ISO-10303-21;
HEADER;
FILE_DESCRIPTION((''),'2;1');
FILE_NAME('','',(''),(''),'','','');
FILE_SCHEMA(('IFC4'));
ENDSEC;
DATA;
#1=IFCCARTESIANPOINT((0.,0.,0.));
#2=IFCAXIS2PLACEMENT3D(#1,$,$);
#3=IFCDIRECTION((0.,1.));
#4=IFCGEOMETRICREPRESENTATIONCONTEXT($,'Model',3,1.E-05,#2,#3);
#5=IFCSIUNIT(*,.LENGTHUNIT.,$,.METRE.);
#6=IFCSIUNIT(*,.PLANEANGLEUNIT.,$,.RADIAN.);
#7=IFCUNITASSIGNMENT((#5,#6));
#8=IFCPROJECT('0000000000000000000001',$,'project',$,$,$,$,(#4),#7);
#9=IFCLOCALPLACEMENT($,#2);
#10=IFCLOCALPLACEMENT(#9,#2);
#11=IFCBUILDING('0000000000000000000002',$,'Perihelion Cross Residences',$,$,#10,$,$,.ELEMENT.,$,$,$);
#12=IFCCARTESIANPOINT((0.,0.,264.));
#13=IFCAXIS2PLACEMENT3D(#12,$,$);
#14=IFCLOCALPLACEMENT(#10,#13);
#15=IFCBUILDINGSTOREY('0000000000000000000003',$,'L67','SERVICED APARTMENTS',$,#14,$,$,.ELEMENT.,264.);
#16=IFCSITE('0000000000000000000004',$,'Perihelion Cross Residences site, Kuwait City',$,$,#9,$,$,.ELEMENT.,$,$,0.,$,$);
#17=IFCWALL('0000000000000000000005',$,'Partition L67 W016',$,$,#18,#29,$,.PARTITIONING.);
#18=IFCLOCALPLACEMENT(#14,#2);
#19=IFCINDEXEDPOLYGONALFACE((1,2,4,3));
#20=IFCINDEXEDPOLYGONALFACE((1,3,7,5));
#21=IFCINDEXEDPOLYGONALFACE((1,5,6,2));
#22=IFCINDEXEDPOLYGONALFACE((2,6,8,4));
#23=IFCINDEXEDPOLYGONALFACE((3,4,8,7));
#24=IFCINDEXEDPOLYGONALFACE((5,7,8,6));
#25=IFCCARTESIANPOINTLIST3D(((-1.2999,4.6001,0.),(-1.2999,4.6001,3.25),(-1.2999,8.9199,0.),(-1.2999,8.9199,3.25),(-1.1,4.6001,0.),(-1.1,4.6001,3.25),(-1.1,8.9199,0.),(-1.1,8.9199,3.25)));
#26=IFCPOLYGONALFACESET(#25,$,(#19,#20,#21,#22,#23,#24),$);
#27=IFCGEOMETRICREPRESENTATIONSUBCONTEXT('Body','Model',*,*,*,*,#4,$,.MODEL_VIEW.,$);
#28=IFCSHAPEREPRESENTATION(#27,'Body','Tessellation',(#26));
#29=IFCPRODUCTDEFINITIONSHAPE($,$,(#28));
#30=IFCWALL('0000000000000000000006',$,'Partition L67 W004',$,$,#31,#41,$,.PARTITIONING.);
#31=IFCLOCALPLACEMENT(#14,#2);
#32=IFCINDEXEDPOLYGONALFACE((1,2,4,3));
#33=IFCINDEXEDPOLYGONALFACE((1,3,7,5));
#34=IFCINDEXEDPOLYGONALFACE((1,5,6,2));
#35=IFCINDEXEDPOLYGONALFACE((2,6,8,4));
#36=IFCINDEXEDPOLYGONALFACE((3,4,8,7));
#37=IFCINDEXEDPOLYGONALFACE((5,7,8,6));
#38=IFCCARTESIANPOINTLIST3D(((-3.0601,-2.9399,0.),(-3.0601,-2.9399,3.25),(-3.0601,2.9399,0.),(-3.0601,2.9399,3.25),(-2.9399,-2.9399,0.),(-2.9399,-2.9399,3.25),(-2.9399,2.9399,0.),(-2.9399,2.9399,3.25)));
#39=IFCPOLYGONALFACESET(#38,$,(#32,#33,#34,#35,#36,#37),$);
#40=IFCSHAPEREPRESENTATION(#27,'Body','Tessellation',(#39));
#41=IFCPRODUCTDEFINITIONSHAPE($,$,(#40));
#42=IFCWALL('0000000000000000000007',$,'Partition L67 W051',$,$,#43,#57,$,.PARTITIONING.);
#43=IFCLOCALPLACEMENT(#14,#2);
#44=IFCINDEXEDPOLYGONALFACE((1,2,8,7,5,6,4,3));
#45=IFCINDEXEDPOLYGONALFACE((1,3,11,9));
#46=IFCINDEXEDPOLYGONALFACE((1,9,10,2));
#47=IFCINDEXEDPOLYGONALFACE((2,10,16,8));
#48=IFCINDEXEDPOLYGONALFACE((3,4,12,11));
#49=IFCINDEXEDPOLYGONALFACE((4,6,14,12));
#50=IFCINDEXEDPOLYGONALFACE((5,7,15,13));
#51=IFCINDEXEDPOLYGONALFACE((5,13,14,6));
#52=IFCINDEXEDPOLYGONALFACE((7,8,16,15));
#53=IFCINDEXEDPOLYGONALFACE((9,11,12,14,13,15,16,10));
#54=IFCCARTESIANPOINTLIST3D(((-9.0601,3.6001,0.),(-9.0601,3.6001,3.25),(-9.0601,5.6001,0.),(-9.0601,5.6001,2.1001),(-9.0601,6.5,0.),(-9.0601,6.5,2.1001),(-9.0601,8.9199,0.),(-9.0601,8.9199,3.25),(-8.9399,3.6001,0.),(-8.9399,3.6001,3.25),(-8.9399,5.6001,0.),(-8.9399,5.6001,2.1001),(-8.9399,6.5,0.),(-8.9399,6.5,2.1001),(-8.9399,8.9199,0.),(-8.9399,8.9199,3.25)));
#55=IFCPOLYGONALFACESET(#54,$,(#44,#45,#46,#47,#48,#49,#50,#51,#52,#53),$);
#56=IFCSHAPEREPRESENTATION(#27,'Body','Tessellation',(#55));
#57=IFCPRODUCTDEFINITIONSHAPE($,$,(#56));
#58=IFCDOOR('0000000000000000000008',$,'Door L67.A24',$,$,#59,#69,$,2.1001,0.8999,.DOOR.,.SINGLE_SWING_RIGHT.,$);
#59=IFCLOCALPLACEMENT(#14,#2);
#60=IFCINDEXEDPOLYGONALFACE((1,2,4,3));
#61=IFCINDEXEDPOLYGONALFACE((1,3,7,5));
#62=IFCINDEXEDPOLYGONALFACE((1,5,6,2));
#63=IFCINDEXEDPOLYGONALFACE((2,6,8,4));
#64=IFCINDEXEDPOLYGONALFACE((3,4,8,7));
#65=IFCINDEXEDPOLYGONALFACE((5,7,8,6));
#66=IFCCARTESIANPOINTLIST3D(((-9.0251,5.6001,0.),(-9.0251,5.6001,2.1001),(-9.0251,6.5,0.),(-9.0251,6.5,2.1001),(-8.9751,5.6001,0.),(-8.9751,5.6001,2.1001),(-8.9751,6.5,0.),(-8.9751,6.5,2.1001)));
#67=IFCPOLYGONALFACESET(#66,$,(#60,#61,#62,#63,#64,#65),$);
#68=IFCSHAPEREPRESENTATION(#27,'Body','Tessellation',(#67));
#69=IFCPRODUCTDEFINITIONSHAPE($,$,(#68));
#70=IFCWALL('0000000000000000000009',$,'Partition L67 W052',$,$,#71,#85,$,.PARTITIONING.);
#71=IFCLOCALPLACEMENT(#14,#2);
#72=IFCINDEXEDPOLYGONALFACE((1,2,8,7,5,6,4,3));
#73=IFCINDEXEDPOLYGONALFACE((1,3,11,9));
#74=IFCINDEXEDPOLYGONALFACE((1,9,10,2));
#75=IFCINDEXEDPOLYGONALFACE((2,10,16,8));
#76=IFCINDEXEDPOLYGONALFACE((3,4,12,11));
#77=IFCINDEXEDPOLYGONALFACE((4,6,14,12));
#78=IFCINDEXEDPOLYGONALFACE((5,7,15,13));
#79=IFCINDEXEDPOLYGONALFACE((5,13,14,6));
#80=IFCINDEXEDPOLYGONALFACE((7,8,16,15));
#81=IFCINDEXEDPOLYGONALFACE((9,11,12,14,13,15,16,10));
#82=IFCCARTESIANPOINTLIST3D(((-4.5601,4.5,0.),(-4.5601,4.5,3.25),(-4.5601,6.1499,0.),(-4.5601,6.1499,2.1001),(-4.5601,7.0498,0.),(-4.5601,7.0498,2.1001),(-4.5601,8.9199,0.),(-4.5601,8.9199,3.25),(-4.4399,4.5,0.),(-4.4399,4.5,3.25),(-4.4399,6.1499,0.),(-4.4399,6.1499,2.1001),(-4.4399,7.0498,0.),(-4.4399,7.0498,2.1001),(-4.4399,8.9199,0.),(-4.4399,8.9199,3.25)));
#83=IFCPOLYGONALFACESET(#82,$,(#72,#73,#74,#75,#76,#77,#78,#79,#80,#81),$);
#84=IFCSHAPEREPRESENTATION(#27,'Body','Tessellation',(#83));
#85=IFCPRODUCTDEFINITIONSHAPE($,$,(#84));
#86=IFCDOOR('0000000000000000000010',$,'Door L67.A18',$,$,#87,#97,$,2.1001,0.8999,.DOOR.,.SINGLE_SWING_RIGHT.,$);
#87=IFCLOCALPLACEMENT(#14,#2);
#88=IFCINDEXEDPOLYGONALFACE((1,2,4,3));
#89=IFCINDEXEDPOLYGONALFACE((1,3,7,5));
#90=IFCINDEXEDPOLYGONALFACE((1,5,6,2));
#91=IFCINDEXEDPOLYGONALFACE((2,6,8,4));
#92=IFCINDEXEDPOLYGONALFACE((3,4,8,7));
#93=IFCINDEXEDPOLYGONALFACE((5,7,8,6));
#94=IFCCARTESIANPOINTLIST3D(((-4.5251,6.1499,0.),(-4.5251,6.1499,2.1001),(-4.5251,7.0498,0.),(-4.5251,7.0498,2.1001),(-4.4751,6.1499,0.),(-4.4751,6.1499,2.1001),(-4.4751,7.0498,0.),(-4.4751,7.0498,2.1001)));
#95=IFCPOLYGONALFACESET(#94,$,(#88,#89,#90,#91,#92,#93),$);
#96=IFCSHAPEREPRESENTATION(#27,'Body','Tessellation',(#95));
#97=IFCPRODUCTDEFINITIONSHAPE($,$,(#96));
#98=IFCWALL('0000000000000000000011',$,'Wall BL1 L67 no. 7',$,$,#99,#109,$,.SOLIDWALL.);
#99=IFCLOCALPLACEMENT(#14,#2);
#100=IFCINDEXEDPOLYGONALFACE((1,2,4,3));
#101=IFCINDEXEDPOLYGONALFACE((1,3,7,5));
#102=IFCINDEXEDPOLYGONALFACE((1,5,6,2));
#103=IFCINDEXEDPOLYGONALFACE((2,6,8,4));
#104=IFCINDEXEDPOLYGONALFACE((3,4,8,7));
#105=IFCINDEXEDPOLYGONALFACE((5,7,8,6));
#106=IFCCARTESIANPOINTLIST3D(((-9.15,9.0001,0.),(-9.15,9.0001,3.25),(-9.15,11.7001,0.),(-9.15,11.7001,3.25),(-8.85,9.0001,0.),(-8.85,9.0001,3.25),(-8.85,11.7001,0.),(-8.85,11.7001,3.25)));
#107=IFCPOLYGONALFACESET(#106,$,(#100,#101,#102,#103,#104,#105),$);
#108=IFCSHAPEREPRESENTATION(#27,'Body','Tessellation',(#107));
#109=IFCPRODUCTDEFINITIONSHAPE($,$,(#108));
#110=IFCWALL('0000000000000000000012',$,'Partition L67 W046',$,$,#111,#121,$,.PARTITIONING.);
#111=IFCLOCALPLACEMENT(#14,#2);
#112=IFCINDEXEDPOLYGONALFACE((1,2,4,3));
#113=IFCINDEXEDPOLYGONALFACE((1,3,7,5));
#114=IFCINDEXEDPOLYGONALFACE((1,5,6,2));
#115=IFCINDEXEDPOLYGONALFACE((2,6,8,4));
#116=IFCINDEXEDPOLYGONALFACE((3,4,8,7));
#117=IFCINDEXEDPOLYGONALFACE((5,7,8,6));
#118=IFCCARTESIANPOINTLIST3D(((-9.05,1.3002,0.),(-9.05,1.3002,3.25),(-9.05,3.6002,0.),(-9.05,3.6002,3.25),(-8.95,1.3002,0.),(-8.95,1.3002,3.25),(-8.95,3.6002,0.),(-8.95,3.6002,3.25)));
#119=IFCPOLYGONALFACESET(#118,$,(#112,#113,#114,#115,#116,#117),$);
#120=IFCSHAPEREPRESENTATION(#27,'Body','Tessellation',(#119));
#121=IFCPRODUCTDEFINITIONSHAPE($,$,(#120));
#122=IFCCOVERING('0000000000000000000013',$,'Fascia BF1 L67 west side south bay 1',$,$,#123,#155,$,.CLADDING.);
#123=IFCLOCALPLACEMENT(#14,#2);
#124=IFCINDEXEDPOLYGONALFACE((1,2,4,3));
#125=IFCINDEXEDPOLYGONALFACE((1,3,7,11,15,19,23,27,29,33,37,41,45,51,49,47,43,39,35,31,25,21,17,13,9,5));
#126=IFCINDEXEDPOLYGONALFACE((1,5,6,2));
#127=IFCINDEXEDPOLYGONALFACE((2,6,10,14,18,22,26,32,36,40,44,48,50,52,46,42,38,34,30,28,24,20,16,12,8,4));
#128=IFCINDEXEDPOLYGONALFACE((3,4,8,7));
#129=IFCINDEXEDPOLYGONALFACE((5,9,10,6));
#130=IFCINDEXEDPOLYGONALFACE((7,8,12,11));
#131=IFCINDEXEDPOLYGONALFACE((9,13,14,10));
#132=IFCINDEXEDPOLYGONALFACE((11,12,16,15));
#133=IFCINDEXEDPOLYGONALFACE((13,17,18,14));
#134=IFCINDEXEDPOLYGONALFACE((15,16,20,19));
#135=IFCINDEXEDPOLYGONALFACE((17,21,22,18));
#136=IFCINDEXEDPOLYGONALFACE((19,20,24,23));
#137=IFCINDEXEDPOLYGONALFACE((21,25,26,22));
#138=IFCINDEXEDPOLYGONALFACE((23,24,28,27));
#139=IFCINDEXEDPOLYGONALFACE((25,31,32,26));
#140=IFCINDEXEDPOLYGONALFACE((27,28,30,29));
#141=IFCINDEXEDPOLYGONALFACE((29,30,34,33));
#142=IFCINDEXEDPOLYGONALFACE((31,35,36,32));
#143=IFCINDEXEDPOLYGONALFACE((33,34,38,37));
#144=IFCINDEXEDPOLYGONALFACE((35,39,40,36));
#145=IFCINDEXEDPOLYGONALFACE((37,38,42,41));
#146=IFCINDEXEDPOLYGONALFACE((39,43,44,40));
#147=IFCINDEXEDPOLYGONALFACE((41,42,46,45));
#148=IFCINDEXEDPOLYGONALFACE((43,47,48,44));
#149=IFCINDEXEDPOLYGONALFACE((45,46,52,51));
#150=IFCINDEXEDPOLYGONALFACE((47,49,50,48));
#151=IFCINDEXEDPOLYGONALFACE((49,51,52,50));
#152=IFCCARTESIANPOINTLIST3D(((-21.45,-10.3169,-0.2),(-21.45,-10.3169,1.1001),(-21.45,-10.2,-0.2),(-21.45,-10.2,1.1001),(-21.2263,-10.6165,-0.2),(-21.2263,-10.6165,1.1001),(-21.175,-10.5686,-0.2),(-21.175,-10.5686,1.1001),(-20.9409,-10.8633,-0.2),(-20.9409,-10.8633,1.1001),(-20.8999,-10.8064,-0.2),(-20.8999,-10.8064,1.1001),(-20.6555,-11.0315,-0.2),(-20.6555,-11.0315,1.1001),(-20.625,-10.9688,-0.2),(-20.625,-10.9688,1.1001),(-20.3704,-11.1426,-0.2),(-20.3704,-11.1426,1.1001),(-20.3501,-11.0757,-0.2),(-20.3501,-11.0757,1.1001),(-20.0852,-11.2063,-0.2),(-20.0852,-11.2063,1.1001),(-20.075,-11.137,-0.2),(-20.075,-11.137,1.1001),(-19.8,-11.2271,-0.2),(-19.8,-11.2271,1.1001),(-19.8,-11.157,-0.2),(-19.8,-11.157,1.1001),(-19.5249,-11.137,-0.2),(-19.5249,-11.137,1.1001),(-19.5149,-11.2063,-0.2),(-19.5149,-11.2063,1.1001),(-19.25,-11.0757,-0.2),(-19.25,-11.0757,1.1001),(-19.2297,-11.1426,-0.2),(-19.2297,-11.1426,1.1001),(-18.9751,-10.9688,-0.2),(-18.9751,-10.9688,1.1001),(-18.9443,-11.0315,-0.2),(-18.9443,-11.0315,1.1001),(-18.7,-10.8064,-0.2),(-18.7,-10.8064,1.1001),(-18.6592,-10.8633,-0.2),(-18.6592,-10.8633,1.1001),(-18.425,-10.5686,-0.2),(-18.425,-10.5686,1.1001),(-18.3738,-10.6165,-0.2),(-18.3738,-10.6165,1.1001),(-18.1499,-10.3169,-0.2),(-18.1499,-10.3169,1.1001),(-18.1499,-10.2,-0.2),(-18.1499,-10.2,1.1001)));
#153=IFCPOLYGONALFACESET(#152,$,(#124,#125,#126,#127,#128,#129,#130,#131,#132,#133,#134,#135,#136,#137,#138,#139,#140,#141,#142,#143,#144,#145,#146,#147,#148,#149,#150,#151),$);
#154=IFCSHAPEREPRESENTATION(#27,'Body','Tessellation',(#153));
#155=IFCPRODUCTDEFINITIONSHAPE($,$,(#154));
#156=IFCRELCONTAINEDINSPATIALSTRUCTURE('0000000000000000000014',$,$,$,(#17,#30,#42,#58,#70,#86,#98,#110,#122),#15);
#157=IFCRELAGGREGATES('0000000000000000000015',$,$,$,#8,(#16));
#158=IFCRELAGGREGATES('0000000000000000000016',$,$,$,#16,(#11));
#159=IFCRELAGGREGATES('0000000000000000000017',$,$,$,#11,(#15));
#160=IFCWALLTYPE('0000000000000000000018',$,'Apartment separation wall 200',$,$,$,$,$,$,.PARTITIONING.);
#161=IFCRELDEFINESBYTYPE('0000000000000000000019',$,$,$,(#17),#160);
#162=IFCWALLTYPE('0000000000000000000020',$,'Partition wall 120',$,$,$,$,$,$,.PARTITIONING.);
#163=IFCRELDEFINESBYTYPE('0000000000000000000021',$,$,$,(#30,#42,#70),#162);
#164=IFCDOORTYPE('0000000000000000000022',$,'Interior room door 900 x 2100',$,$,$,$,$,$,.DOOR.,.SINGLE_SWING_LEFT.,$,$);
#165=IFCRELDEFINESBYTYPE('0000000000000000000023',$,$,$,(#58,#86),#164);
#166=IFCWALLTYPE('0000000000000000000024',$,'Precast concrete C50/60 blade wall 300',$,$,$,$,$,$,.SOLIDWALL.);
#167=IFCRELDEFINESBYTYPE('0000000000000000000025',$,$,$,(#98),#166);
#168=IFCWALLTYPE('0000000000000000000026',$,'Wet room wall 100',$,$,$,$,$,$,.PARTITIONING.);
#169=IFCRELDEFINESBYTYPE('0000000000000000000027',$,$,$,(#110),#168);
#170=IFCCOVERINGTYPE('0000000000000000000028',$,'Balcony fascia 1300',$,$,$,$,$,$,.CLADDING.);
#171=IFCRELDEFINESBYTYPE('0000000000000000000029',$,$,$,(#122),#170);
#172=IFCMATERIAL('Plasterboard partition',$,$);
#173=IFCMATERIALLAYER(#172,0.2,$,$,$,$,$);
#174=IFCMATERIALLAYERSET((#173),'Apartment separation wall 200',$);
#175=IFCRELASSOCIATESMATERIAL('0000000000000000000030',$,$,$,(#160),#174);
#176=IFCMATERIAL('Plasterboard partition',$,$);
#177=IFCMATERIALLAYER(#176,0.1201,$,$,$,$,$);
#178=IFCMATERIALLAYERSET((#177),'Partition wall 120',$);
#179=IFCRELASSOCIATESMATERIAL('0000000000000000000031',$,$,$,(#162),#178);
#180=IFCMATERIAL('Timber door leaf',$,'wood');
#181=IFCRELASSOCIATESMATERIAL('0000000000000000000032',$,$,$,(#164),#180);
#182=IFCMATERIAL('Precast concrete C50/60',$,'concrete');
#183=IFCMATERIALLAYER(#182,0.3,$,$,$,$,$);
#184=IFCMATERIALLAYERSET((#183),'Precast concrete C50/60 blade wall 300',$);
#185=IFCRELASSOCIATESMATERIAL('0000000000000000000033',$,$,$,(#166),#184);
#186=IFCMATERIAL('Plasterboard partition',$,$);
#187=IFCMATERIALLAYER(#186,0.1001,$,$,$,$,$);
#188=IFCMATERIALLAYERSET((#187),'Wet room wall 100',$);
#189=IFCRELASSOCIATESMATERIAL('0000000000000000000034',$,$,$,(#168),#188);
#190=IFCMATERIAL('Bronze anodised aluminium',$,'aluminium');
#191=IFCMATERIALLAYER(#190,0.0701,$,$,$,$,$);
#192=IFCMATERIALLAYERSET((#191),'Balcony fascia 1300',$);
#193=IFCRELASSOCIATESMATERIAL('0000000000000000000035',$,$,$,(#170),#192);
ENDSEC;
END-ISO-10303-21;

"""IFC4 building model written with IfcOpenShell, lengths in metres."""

from ifc_helpers import new_model, si_unit, direction, frame, frame_2d, origin, place, context, subcontext, project, spatial, polyline, rectangle, outline, extrude, material, layer, layer_set, type_object, element, fill, save


model = new_model("IFC4")

# Units and contexts
model_context = context("Model", 3, precision=1e-05, world=origin(), true_north=direction((0.0, 1.0)))
body_context = subcontext(model_context, "Body", "Model", "MODEL_VIEW")
ifc_project = project(units=[si_unit("LENGTHUNIT", "METRE"), si_unit("PLANEANGLEUNIT", "RADIAN")], contexts=[model_context])

# Site, building, storey
site_placement = place(None, origin())
site = spatial("IfcSite", under=ifc_project, at=site_placement, Name="Perihelion Cross Residences site, Kuwait City", CompositionType="ELEMENT", RefElevation=0.0)
building_placement = place(site_placement, origin())
building = spatial("IfcBuilding", under=site, at=building_placement, Name="Perihelion Cross Residences", CompositionType="ELEMENT")
storey_placement = place(building_placement, frame((0.0, 0.0, 264.0)))
storey = spatial("IfcBuildingStorey", under=building, at=storey_placement, Name="L67", Description="SERVICED APARTMENTS", CompositionType="ELEMENT", Elevation=264.0)

# Wall
ifc_material_1 = material(Name="Plasterboard partition")
ifc_layer_1 = layer(ifc_material_1, 0.2)
ifc_layer_set_1 = layer_set([ifc_layer_1], Name="Apartment separation wall 200")
wall_type_1 = type_object("IfcWallType", Name="Apartment separation wall 200", PredefinedType="PARTITIONING", material=ifc_layer_set_1)
wall_1_placement = place(storey_placement, frame((-1.2, 4.6001, 0.0), z_axis=(0.0, 0.0, 1.0), x_axis=(0.0, 1.0, 0.0)))
element("IfcWall", 1, at=wall_1_placement, inside=storey, type_object=wall_type_1, Name="Partition L67 W016", PredefinedType="PARTITIONING", context=body_context, shape_type="SweptSolid", body=[
    extrude(rectangle(XDim=4.3198, YDim=0.2, at=frame_2d((2.1599, 0.0))), origin(), (0.0, 0.0, 1.0), 3.25),
])

# Wall
ifc_material_2 = material(Name="Plasterboard partition")
ifc_layer_2 = layer(ifc_material_2, 0.1201)
ifc_layer_set_2 = layer_set([ifc_layer_2], Name="Partition wall 120")
wall_type_2 = type_object("IfcWallType", Name="Partition wall 120", PredefinedType="PARTITIONING", material=ifc_layer_set_2)
wall_2_placement = place(storey_placement, frame((-3.0, 2.9399, 0.0), z_axis=(0.0, 0.0, 1.0), x_axis=(0.0, -1.0, 0.0)))
element("IfcWall", 2, at=wall_2_placement, inside=storey, type_object=wall_type_2, Name="Partition L67 W004", PredefinedType="PARTITIONING", context=body_context, shape_type="SweptSolid", body=[
    extrude(rectangle(XDim=5.8799, YDim=0.1201, at=frame_2d((2.9399, 0.0))), origin(), (0.0, 0.0, 1.0), 3.25),
])

# Walls, openings, doors
wall_3_placement = place(storey_placement, frame((-9.0, 8.9199, 0.0), z_axis=(0.0, 0.0, 1.0), x_axis=(0.0, -1.0, 0.0)))
wall_3 = element("IfcWall", 3, at=wall_3_placement, inside=storey, type_object=wall_type_2, Name="Partition L67 W051", PredefinedType="PARTITIONING", context=body_context, shape_type="SweptSolid", body=[
    extrude(rectangle(XDim=5.3198, YDim=0.1201, at=frame_2d((2.6599, 0.0))), origin(), (0.0, 0.0, 1.0), 3.25),
])
opening_1_placement = place(wall_3_placement, frame((2.4199, 0.0, 0.0)))
opening_1 = element("IfcOpeningElement", 4, at=opening_1_placement, cuts=wall_3, PredefinedType="OPENING", context=body_context, shape_type="SweptSolid", body=[
    extrude(rectangle(XDim=0.8999, YDim=2.1001, at=frame_2d((0.45, 1.05))), frame((0.0, 0.0701, 0.0), z_axis=(0.0, -1.0, 0.0), x_axis=(1.0, 0.0, 0.0)), (0.0, 0.0, 1.0), 0.1401),
])
ifc_material_3 = material(Name="Timber door leaf", Category="wood")
door_type_1 = type_object("IfcDoorType", Name="Interior room door 900 x 2100", OperationType="SINGLE_SWING_LEFT", PredefinedType="DOOR", material=ifc_material_3)
door_1_placement = place(opening_1_placement, origin())
door_1 = element("IfcDoor", 5, at=door_1_placement, inside=storey, type_object=door_type_1, Name="Door L67.A24", OperationType="SINGLE_SWING_RIGHT", OverallHeight=2.1001, OverallWidth=0.8999, PredefinedType="DOOR", context=body_context, shape_type="SweptSolid", body=[
    extrude(rectangle(XDim=0.8999, YDim=2.1001, at=frame_2d((0.45, 1.05))), frame((0.0, 0.0249, 0.0), z_axis=(0.0, -1.0, 0.0), x_axis=(1.0, 0.0, 0.0)), (0.0, 0.0, 1.0), 0.05),
])
fill(opening_1, door_1)
wall_4_placement = place(storey_placement, frame((-4.5, 8.9199, 0.0), z_axis=(0.0, 0.0, 1.0), x_axis=(0.0, -1.0, 0.0)))
wall_4 = element("IfcWall", 6, at=wall_4_placement, inside=storey, type_object=wall_type_2, Name="Partition L67 W052", PredefinedType="PARTITIONING", context=body_context, shape_type="SweptSolid", body=[
    extrude(rectangle(XDim=4.4199, YDim=0.1201, at=frame_2d((2.21, 0.0))), origin(), (0.0, 0.0, 1.0), 3.25),
])
opening_2_placement = place(wall_4_placement, frame((1.8701, 0.0, 0.0)))
opening_2 = element("IfcOpeningElement", 7, at=opening_2_placement, cuts=wall_4, PredefinedType="OPENING", context=body_context, shape_type="SweptSolid", body=[
    extrude(rectangle(XDim=0.8999, YDim=2.1001, at=frame_2d((0.45, 1.05))), frame((0.0, 0.0701, 0.0), z_axis=(0.0, -1.0, 0.0), x_axis=(1.0, 0.0, 0.0)), (0.0, 0.0, 1.0), 0.1401),
])
door_2_placement = place(opening_2_placement, origin())
door_2 = element("IfcDoor", 8, at=door_2_placement, inside=storey, type_object=door_type_1, Name="Door L67.A18", OperationType="SINGLE_SWING_RIGHT", OverallHeight=2.1001, OverallWidth=0.8999, PredefinedType="DOOR", context=body_context, shape_type="SweptSolid", body=[
    extrude(rectangle(XDim=0.8999, YDim=2.1001, at=frame_2d((0.45, 1.05))), frame((0.0, 0.0249, 0.0), z_axis=(0.0, -1.0, 0.0), x_axis=(1.0, 0.0, 0.0)), (0.0, 0.0, 1.0), 0.05),
])
fill(opening_2, door_2)

# Walls
ifc_material_4 = material(Name="Precast concrete C50/60", Category="concrete")
ifc_layer_3 = layer(ifc_material_4, 0.3)
ifc_layer_set_3 = layer_set([ifc_layer_3], Name="Precast concrete C50/60 blade wall 300")
wall_type_3 = type_object("IfcWallType", Name="Precast concrete C50/60 blade wall 300", PredefinedType="SOLIDWALL", material=ifc_layer_set_3)
wall_5_placement = place(storey_placement, frame((-9.0, 9.0, 0.0), z_axis=(0.0, 0.0, 1.0), x_axis=(0.0, 1.0, 0.0)))
element("IfcWall", 9, at=wall_5_placement, inside=storey, type_object=wall_type_3, Name="Wall BL1 L67 no. 7", PredefinedType="SOLIDWALL", context=body_context, shape_type="SweptSolid", body=[
    extrude(rectangle(XDim=2.7, YDim=0.3, at=frame_2d((1.3501, 0.0))), origin(), (0.0, 0.0, 1.0), 3.25),
])
ifc_material_5 = material(Name="Plasterboard partition")
ifc_layer_4 = layer(ifc_material_5, 0.1001)
ifc_layer_set_4 = layer_set([ifc_layer_4], Name="Wet room wall 100")
wall_type_4 = type_object("IfcWallType", Name="Wet room wall 100", PredefinedType="PARTITIONING", material=ifc_layer_set_4)
wall_6_placement = place(storey_placement, frame((-9.0, 3.6001, 0.0), z_axis=(0.0, 0.0, 1.0), x_axis=(0.0, -1.0, 0.0)))
element("IfcWall", 10, at=wall_6_placement, inside=storey, type_object=wall_type_4, Name="Partition L67 W046", PredefinedType="PARTITIONING", context=body_context, shape_type="SweptSolid", body=[
    extrude(rectangle(XDim=2.3, YDim=0.1001, at=frame_2d((1.1499, 0.0))), origin(), (0.0, 0.0, 1.0), 3.25),
])

# Covering
ifc_material_6 = material(Name="Bronze anodised aluminium", Category="aluminium")
ifc_layer_5 = layer(ifc_material_6, 0.0701)
ifc_layer_set_5 = layer_set([ifc_layer_5], Name="Balcony fascia 1300")
covering_type = type_object("IfcCoveringType", Name="Balcony fascia 1300", PredefinedType="CLADDING", material=ifc_layer_set_5)
covering_placement = place(storey_placement, frame((0.0, 0.0, -0.2)))
element("IfcCovering", 11, at=covering_placement, inside=storey, type_object=covering_type, Name="Fascia BF1 L67 west side south bay 1", PredefinedType="CLADDING", context=body_context, shape_type="SweptSolid", body=[
    extrude(outline(polyline([(-21.2263, -10.6165), (-20.9409, -10.8633), (-20.6555, -11.0315), (-20.3704, -11.1426), (-20.0852, -11.2063), (-19.8, -11.2271), (-19.5149, -11.2063), (-19.2297, -11.1426), (-18.9443, -11.0315), (-18.6592, -10.8633), (-18.3738, -10.6165), (-18.1499, -10.3169), (-18.1499, -10.2), (-18.425, -10.5686), (-18.7, -10.8064), (-18.9751, -10.9688), (-19.25, -11.0757), (-19.5249, -11.137), (-19.8, -11.157), (-20.075, -11.137), (-20.3501, -11.0757), (-20.625, -10.9688), (-20.8999, -10.8064), (-21.175, -10.5686), (-21.45, -10.2), (-21.45, -10.3169), (-21.2263, -10.6165)])), origin(), (0.0, 0.0, 1.0), 1.3),
])

save(model, "model.ifc")
